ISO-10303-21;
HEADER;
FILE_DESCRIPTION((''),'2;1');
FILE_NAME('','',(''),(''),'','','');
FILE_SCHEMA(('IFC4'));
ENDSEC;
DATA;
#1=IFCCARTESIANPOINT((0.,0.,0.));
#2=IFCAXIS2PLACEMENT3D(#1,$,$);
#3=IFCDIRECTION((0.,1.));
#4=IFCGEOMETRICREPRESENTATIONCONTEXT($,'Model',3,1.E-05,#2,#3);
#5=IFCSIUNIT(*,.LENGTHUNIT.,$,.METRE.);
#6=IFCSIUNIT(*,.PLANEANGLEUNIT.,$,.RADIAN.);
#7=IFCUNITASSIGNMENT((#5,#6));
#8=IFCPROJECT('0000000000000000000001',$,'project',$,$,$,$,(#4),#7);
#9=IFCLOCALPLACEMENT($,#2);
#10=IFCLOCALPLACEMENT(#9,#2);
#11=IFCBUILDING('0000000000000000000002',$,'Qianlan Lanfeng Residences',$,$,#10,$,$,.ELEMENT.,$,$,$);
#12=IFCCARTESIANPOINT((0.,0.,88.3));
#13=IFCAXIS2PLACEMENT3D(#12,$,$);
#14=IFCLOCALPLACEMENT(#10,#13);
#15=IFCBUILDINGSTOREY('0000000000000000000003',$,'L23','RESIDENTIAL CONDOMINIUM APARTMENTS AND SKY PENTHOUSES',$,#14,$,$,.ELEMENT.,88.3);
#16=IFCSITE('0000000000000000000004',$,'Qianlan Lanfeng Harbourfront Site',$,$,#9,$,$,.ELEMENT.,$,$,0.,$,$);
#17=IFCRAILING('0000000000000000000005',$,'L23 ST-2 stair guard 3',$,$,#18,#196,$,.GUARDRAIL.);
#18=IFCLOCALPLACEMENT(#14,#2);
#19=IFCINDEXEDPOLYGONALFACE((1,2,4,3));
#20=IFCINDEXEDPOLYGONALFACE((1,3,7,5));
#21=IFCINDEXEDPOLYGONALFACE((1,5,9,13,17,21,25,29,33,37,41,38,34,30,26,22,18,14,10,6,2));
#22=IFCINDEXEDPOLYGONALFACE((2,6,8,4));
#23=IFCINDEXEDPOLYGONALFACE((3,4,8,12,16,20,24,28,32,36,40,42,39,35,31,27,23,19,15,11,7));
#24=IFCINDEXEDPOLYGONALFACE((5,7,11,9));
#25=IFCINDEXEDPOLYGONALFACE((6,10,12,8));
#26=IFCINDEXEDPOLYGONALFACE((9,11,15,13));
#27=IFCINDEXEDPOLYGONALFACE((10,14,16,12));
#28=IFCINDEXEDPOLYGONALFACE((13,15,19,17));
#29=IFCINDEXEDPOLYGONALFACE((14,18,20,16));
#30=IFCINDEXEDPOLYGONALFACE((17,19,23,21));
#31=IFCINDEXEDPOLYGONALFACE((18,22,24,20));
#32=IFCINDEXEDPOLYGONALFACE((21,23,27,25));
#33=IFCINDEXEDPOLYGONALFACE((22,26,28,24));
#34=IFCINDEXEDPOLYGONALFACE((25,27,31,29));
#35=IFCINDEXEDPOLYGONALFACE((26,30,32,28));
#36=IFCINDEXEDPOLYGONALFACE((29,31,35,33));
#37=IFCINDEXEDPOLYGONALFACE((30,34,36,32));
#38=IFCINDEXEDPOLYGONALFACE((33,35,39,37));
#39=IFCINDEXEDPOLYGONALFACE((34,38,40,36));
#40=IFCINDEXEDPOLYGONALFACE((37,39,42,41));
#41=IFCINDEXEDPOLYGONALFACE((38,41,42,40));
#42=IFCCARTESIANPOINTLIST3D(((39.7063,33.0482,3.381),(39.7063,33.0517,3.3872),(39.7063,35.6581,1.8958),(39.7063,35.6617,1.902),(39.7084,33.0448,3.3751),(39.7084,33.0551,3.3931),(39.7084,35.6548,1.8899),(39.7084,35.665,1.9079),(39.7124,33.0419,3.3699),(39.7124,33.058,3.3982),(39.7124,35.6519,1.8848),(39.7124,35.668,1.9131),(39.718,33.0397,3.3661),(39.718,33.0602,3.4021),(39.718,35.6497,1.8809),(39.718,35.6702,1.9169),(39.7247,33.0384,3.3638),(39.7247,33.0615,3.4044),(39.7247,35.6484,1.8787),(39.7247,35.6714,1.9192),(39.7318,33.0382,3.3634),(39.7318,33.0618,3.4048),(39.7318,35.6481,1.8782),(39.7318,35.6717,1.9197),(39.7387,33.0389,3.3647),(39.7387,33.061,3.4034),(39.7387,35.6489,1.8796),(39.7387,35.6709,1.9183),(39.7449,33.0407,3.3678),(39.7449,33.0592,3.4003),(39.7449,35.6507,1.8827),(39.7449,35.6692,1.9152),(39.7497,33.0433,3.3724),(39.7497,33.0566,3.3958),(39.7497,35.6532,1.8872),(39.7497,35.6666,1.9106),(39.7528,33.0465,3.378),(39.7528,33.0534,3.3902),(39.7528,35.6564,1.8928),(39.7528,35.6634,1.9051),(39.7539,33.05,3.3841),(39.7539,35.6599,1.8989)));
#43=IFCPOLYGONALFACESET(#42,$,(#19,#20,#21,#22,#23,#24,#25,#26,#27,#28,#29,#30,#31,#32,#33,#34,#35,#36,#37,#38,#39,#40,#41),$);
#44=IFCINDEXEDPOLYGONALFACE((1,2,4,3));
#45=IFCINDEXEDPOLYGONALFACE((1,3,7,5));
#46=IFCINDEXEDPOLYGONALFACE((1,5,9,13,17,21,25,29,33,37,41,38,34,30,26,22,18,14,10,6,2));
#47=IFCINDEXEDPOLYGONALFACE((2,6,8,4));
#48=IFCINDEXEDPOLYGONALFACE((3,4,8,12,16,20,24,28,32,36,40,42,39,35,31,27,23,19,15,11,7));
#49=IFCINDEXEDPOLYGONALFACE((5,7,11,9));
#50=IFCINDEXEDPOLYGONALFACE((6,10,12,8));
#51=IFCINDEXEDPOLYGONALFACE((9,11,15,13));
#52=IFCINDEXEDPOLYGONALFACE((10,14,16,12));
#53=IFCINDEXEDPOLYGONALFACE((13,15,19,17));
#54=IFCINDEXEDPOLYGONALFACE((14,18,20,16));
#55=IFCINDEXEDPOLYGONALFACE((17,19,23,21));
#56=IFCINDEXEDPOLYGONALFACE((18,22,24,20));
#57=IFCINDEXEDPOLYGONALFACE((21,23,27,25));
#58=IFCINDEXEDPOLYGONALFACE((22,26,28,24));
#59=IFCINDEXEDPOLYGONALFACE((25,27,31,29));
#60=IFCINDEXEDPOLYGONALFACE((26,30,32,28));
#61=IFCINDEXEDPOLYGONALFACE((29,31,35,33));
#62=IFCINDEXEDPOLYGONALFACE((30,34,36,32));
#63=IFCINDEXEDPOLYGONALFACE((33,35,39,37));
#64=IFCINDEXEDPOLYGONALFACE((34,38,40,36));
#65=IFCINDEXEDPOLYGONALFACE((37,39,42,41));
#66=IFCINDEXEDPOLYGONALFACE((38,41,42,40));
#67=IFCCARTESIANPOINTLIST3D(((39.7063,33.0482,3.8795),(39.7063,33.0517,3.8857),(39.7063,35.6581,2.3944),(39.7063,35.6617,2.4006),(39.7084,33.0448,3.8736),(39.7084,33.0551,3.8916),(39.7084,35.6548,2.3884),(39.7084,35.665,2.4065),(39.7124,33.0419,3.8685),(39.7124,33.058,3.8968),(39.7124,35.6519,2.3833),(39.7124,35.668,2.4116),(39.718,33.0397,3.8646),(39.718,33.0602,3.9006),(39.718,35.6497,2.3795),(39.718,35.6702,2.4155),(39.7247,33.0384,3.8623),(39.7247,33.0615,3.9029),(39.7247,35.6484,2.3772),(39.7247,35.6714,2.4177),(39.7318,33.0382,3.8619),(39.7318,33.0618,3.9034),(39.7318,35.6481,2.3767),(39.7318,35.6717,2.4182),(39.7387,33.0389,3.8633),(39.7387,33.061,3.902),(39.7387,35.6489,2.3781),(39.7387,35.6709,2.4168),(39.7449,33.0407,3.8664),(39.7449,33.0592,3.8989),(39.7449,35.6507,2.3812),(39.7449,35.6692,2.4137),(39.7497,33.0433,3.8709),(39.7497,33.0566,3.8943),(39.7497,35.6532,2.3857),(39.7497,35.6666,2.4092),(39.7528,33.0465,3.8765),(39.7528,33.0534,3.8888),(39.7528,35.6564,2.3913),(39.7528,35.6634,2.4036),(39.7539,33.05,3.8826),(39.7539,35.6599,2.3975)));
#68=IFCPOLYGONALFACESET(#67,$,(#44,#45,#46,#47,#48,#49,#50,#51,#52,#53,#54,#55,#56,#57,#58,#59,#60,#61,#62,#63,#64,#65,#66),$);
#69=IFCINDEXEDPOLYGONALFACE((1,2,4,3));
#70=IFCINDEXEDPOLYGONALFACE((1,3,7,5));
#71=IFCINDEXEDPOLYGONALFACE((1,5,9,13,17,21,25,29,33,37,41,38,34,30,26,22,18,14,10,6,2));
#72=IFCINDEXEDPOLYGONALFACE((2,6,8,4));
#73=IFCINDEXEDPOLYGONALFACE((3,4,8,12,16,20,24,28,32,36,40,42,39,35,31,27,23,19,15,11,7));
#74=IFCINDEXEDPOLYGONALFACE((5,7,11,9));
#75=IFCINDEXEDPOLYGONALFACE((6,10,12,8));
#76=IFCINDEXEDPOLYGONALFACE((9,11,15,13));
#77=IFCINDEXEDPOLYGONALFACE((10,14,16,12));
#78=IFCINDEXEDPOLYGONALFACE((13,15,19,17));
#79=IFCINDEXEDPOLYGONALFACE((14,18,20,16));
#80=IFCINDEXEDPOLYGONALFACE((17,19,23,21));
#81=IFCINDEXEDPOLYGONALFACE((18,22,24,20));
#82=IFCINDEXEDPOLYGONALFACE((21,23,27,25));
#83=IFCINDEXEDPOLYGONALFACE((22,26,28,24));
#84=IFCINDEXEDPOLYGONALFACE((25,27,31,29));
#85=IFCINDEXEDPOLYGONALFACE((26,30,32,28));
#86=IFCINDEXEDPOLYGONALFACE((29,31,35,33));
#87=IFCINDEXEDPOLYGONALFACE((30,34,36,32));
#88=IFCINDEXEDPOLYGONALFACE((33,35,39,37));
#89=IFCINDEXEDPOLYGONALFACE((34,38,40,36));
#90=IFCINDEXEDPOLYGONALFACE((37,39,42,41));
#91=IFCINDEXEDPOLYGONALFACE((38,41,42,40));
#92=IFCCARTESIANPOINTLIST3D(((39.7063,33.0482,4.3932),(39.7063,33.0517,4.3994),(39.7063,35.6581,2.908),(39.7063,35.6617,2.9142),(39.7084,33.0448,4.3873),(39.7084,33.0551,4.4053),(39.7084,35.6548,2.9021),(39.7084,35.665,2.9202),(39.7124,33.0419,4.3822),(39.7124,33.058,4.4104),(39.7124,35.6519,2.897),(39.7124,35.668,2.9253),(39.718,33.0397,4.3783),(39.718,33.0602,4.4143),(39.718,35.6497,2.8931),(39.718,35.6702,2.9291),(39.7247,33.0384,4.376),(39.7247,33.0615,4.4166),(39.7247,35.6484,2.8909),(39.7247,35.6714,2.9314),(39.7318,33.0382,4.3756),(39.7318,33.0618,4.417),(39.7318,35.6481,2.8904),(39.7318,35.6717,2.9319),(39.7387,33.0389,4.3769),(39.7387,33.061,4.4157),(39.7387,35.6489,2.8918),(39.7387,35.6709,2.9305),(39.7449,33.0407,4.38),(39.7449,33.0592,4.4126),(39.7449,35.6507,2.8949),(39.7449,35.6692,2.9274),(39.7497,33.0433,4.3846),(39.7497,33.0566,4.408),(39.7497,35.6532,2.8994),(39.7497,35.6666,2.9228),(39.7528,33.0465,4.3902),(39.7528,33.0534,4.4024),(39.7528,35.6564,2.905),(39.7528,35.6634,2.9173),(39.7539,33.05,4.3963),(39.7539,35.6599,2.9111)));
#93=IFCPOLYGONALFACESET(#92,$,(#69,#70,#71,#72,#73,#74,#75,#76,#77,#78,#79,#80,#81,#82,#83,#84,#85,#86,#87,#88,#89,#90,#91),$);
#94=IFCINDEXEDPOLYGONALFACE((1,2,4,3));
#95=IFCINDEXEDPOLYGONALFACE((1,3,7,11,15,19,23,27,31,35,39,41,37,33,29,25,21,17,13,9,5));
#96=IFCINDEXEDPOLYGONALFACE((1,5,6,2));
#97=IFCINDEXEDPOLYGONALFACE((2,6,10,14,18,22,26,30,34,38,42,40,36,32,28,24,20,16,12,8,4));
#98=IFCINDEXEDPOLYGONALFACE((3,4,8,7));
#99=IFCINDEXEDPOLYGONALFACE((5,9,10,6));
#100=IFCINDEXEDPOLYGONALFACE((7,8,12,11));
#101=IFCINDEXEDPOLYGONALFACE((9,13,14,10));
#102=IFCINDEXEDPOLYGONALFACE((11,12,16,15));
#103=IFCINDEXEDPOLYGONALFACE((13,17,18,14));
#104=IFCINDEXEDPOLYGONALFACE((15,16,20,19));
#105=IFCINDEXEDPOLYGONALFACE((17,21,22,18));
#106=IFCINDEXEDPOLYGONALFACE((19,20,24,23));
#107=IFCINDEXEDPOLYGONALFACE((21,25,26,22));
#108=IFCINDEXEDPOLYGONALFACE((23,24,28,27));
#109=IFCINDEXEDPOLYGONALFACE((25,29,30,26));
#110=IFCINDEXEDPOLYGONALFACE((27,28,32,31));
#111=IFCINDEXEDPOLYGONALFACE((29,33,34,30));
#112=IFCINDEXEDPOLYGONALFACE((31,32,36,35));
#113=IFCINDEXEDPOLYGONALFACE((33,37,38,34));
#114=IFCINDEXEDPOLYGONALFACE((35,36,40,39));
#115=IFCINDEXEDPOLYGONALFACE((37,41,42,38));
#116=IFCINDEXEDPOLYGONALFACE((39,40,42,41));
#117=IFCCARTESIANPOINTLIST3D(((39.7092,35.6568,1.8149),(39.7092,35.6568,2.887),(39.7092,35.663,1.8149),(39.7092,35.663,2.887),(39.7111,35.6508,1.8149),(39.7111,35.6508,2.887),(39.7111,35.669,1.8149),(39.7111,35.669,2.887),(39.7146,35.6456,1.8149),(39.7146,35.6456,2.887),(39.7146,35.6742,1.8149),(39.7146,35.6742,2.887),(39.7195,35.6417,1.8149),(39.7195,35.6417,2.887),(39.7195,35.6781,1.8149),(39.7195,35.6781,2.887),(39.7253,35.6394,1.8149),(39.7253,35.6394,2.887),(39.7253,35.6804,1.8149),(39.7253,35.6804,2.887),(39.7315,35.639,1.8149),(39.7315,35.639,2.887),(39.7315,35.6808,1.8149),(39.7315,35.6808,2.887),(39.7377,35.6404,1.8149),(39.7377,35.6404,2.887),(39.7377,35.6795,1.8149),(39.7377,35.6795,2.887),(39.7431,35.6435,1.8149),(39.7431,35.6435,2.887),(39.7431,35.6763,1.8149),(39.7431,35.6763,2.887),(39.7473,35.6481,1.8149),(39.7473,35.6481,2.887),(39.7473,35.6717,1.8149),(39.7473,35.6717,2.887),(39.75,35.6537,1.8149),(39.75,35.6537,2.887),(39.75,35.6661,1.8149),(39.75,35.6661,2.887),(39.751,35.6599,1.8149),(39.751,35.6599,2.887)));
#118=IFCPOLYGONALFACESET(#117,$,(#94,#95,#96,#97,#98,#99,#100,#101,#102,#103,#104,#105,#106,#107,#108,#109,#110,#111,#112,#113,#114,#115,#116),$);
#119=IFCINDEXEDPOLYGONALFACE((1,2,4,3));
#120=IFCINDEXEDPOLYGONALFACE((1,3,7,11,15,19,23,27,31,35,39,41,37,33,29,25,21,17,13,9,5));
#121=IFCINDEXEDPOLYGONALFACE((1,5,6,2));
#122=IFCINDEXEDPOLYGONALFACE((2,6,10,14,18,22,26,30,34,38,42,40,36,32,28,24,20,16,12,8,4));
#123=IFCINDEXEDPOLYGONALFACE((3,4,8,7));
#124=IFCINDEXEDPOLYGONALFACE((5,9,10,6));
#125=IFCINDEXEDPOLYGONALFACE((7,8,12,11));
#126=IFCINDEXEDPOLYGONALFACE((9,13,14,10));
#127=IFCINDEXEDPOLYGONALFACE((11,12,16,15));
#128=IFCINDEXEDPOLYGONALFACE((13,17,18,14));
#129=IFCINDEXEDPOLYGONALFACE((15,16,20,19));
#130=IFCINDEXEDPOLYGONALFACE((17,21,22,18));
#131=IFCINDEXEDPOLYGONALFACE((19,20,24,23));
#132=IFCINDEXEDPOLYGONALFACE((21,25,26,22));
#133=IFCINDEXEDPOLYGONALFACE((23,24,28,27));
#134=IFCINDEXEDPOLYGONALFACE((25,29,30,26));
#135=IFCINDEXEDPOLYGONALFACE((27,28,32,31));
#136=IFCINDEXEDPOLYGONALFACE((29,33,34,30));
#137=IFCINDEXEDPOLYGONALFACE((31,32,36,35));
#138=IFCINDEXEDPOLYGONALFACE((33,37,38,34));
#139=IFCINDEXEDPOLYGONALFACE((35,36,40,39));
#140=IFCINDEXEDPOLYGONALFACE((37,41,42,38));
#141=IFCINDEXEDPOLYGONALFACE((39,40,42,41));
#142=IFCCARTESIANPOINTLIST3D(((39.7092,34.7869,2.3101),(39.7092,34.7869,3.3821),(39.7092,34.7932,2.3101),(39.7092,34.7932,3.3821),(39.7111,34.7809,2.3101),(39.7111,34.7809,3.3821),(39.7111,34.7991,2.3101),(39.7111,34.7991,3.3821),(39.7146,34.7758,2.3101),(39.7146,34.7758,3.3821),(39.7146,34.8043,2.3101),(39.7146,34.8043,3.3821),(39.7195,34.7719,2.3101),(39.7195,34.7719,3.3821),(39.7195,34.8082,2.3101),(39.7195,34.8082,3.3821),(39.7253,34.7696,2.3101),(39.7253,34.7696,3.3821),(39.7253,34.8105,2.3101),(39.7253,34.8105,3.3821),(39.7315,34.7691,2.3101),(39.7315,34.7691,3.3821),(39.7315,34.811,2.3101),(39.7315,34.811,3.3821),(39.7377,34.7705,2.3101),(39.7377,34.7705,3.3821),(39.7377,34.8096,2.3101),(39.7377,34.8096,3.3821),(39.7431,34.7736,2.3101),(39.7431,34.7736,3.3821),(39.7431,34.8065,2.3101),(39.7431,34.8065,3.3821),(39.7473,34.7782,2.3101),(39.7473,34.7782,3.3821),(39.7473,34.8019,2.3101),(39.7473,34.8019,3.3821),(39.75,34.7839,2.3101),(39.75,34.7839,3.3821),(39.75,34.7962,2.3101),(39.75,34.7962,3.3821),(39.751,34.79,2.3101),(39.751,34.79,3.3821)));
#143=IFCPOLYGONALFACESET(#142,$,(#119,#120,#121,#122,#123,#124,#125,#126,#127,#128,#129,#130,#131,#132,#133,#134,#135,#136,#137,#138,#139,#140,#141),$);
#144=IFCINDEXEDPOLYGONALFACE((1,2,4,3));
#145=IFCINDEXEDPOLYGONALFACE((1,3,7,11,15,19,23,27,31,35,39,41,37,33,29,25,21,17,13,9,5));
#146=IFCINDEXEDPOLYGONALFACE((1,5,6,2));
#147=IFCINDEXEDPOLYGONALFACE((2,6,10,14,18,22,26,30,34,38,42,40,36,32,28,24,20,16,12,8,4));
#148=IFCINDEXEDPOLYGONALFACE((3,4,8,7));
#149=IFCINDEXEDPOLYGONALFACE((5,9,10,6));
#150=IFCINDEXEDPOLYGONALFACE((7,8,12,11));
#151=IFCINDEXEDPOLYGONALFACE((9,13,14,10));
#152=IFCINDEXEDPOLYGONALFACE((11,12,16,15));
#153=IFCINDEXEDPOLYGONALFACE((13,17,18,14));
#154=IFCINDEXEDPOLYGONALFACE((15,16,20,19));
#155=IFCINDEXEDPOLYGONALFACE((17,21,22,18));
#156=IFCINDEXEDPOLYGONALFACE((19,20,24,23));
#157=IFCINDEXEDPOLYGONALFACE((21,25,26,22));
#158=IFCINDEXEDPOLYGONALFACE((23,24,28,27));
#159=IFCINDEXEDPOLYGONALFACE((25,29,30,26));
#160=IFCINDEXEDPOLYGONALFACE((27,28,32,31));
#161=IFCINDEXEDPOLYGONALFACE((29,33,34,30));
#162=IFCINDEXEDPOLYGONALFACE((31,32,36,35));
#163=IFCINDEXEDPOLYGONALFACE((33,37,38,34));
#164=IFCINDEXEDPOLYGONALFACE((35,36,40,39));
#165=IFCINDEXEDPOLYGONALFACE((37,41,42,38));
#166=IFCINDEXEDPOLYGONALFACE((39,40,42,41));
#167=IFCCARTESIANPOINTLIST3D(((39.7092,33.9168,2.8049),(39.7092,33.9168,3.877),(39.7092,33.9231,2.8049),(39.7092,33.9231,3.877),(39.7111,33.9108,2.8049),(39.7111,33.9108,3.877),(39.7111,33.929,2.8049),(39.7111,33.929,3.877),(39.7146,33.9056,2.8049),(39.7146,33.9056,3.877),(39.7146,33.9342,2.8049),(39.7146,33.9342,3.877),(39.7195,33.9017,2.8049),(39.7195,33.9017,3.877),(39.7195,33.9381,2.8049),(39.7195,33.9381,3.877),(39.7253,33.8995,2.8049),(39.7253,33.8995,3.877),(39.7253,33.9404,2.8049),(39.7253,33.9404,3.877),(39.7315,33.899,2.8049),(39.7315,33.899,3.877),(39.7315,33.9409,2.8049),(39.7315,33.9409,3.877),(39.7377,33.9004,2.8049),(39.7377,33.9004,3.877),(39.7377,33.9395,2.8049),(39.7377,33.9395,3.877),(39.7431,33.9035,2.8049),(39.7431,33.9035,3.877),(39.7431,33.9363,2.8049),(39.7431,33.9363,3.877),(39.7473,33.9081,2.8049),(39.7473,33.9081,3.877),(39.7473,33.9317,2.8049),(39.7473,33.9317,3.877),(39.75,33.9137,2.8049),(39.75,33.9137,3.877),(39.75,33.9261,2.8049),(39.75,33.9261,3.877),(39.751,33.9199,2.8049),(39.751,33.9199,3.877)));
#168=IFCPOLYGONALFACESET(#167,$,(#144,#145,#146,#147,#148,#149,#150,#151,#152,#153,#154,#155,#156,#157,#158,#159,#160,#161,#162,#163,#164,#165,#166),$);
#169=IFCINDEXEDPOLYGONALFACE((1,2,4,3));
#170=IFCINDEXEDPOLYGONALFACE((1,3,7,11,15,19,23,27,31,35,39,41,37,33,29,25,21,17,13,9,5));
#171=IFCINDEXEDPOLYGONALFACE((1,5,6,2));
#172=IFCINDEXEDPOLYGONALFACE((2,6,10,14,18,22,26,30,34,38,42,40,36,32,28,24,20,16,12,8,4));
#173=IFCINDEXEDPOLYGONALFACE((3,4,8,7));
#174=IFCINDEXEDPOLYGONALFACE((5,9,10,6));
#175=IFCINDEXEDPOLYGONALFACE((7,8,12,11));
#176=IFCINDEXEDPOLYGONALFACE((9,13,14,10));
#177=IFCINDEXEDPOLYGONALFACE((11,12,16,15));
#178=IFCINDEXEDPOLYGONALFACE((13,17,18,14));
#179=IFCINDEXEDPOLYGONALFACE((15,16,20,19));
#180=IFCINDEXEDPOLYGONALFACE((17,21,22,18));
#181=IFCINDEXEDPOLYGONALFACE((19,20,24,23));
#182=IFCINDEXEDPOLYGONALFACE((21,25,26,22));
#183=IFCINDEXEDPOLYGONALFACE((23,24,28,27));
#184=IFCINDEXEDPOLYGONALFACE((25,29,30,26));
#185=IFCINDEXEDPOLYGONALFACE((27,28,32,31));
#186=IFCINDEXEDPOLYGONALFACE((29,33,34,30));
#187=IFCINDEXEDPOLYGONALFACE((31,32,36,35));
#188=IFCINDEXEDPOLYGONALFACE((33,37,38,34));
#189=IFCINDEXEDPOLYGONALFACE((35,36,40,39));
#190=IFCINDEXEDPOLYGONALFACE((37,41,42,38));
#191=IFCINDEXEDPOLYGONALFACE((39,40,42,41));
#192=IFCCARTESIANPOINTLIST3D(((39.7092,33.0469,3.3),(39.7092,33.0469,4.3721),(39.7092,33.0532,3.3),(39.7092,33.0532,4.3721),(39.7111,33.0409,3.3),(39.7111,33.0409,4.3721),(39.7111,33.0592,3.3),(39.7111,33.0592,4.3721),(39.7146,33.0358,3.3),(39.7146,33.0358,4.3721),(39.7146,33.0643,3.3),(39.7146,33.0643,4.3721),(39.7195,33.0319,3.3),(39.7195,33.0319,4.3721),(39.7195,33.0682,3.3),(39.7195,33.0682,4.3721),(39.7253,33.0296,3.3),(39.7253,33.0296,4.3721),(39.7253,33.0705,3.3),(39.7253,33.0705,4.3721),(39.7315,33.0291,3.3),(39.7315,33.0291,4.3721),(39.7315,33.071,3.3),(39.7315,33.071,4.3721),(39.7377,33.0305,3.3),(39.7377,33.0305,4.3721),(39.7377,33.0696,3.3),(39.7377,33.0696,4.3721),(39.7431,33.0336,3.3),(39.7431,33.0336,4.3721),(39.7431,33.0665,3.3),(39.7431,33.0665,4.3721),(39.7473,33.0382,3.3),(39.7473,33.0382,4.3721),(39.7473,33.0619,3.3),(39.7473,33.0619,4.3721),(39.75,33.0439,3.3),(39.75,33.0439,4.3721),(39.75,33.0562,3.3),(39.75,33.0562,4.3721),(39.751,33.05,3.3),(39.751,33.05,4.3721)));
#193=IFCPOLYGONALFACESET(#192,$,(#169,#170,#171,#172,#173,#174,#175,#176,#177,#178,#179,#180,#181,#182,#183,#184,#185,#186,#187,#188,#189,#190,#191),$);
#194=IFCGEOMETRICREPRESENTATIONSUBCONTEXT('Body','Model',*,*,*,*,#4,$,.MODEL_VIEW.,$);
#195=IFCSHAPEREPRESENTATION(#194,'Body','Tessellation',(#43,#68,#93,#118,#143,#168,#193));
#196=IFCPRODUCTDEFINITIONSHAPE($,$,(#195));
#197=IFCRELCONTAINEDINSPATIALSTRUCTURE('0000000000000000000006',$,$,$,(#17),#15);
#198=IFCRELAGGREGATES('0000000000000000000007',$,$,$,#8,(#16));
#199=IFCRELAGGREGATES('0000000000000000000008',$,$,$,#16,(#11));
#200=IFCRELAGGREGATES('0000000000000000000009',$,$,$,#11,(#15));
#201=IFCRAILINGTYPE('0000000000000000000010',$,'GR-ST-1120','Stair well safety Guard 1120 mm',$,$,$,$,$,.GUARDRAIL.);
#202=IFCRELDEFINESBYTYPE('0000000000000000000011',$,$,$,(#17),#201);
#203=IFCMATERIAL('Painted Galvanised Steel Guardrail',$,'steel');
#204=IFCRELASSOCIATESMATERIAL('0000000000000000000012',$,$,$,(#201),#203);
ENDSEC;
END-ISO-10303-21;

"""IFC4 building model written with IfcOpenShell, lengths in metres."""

from ifc_helpers import new_model, si_unit, direction, frame, origin, origin_2d, place, context, subcontext, project, spatial, circle, extrude, material, type_object, element, save


model = new_model("IFC4")

# Units and contexts
model_context = context("Model", 3, precision=1e-05, world=origin(), true_north=direction((0.0, 1.0)))
body_context = subcontext(model_context, "Body", "Model", "MODEL_VIEW")
ifc_project = project(units=[si_unit("LENGTHUNIT", "METRE"), si_unit("PLANEANGLEUNIT", "RADIAN")], contexts=[model_context])

# Site, building, storey
site_placement = place(None, origin())
site = spatial("IfcSite", under=ifc_project, at=site_placement, Name="Qianlan Lanfeng Harbourfront Site", CompositionType="ELEMENT", RefElevation=0.0)
building_placement = place(site_placement, origin())
building = spatial("IfcBuilding", under=site, at=building_placement, Name="Qianlan Lanfeng Residences", CompositionType="ELEMENT")
storey_placement = place(building_placement, frame((0.0, 0.0, 88.3)))
storey = spatial("IfcBuildingStorey", under=building, at=storey_placement, Name="L23", Description="RESIDENTIAL CONDOMINIUM APARTMENTS AND SKY PENTHOUSES", CompositionType="ELEMENT", Elevation=88.3)

# Railing
ifc_material_1 = material(Name="Painted Galvanised Steel Guardrail", Category="steel")
railing_type_1 = type_object("IfcRailingType", Name="GR-ST-1120", Description="Stair well safety Guard 1120 mm", PredefinedType="GUARDRAIL", material=ifc_material_1)
railing_1_placement = place(storey_placement, frame((39.73, 35.6599, 1.8149)))
element("IfcRailing", 1, at=railing_1_placement, inside=storey, type_object=railing_type_1, Name="L23 ST-2 stair guard 3", PredefinedType="GUARDRAIL", context=body_context, shape_type="SweptSolid", body=[
    extrude(circle(Radius=0.0239, at=origin_2d()), frame((0.0, 0.0, 0.084), z_axis=(0.0, -0.869137, 0.494571), x_axis=(1.0, 0.0, 0.0)), (0.0, 0.0, 1.0), 3.0029),
    extrude(circle(Radius=0.0239, at=origin_2d()), frame((0.0, 0.0, 0.5825), z_axis=(0.0, -0.869137, 0.494571), x_axis=(1.0, 0.0, 0.0)), (0.0, 0.0, 1.0), 3.0029),
    extrude(circle(Radius=0.0239, at=origin_2d()), frame((0.0, 0.0, 1.0962), z_axis=(0.0, -0.869137, 0.494571), x_axis=(1.0, 0.0, 0.0)), (0.0, 0.0, 1.0), 3.0029),
    extrude(circle(Radius=0.021, at=origin_2d()), origin(), (0.0, 0.0, 1.0), 1.072),
    extrude(circle(Radius=0.021, at=origin_2d()), frame((0.0, -0.8699, 0.4951)), (0.0, 0.0, 1.0), 1.072),
    extrude(circle(Radius=0.021, at=origin_2d()), frame((0.0, -1.74, 0.99)), (0.0, 0.0, 1.0), 1.072),
    extrude(circle(Radius=0.021, at=origin_2d()), frame((0.0, -2.6099, 1.4851)), (0.0, 0.0, 1.0), 1.072),
])

save(model, "model.ifc")
